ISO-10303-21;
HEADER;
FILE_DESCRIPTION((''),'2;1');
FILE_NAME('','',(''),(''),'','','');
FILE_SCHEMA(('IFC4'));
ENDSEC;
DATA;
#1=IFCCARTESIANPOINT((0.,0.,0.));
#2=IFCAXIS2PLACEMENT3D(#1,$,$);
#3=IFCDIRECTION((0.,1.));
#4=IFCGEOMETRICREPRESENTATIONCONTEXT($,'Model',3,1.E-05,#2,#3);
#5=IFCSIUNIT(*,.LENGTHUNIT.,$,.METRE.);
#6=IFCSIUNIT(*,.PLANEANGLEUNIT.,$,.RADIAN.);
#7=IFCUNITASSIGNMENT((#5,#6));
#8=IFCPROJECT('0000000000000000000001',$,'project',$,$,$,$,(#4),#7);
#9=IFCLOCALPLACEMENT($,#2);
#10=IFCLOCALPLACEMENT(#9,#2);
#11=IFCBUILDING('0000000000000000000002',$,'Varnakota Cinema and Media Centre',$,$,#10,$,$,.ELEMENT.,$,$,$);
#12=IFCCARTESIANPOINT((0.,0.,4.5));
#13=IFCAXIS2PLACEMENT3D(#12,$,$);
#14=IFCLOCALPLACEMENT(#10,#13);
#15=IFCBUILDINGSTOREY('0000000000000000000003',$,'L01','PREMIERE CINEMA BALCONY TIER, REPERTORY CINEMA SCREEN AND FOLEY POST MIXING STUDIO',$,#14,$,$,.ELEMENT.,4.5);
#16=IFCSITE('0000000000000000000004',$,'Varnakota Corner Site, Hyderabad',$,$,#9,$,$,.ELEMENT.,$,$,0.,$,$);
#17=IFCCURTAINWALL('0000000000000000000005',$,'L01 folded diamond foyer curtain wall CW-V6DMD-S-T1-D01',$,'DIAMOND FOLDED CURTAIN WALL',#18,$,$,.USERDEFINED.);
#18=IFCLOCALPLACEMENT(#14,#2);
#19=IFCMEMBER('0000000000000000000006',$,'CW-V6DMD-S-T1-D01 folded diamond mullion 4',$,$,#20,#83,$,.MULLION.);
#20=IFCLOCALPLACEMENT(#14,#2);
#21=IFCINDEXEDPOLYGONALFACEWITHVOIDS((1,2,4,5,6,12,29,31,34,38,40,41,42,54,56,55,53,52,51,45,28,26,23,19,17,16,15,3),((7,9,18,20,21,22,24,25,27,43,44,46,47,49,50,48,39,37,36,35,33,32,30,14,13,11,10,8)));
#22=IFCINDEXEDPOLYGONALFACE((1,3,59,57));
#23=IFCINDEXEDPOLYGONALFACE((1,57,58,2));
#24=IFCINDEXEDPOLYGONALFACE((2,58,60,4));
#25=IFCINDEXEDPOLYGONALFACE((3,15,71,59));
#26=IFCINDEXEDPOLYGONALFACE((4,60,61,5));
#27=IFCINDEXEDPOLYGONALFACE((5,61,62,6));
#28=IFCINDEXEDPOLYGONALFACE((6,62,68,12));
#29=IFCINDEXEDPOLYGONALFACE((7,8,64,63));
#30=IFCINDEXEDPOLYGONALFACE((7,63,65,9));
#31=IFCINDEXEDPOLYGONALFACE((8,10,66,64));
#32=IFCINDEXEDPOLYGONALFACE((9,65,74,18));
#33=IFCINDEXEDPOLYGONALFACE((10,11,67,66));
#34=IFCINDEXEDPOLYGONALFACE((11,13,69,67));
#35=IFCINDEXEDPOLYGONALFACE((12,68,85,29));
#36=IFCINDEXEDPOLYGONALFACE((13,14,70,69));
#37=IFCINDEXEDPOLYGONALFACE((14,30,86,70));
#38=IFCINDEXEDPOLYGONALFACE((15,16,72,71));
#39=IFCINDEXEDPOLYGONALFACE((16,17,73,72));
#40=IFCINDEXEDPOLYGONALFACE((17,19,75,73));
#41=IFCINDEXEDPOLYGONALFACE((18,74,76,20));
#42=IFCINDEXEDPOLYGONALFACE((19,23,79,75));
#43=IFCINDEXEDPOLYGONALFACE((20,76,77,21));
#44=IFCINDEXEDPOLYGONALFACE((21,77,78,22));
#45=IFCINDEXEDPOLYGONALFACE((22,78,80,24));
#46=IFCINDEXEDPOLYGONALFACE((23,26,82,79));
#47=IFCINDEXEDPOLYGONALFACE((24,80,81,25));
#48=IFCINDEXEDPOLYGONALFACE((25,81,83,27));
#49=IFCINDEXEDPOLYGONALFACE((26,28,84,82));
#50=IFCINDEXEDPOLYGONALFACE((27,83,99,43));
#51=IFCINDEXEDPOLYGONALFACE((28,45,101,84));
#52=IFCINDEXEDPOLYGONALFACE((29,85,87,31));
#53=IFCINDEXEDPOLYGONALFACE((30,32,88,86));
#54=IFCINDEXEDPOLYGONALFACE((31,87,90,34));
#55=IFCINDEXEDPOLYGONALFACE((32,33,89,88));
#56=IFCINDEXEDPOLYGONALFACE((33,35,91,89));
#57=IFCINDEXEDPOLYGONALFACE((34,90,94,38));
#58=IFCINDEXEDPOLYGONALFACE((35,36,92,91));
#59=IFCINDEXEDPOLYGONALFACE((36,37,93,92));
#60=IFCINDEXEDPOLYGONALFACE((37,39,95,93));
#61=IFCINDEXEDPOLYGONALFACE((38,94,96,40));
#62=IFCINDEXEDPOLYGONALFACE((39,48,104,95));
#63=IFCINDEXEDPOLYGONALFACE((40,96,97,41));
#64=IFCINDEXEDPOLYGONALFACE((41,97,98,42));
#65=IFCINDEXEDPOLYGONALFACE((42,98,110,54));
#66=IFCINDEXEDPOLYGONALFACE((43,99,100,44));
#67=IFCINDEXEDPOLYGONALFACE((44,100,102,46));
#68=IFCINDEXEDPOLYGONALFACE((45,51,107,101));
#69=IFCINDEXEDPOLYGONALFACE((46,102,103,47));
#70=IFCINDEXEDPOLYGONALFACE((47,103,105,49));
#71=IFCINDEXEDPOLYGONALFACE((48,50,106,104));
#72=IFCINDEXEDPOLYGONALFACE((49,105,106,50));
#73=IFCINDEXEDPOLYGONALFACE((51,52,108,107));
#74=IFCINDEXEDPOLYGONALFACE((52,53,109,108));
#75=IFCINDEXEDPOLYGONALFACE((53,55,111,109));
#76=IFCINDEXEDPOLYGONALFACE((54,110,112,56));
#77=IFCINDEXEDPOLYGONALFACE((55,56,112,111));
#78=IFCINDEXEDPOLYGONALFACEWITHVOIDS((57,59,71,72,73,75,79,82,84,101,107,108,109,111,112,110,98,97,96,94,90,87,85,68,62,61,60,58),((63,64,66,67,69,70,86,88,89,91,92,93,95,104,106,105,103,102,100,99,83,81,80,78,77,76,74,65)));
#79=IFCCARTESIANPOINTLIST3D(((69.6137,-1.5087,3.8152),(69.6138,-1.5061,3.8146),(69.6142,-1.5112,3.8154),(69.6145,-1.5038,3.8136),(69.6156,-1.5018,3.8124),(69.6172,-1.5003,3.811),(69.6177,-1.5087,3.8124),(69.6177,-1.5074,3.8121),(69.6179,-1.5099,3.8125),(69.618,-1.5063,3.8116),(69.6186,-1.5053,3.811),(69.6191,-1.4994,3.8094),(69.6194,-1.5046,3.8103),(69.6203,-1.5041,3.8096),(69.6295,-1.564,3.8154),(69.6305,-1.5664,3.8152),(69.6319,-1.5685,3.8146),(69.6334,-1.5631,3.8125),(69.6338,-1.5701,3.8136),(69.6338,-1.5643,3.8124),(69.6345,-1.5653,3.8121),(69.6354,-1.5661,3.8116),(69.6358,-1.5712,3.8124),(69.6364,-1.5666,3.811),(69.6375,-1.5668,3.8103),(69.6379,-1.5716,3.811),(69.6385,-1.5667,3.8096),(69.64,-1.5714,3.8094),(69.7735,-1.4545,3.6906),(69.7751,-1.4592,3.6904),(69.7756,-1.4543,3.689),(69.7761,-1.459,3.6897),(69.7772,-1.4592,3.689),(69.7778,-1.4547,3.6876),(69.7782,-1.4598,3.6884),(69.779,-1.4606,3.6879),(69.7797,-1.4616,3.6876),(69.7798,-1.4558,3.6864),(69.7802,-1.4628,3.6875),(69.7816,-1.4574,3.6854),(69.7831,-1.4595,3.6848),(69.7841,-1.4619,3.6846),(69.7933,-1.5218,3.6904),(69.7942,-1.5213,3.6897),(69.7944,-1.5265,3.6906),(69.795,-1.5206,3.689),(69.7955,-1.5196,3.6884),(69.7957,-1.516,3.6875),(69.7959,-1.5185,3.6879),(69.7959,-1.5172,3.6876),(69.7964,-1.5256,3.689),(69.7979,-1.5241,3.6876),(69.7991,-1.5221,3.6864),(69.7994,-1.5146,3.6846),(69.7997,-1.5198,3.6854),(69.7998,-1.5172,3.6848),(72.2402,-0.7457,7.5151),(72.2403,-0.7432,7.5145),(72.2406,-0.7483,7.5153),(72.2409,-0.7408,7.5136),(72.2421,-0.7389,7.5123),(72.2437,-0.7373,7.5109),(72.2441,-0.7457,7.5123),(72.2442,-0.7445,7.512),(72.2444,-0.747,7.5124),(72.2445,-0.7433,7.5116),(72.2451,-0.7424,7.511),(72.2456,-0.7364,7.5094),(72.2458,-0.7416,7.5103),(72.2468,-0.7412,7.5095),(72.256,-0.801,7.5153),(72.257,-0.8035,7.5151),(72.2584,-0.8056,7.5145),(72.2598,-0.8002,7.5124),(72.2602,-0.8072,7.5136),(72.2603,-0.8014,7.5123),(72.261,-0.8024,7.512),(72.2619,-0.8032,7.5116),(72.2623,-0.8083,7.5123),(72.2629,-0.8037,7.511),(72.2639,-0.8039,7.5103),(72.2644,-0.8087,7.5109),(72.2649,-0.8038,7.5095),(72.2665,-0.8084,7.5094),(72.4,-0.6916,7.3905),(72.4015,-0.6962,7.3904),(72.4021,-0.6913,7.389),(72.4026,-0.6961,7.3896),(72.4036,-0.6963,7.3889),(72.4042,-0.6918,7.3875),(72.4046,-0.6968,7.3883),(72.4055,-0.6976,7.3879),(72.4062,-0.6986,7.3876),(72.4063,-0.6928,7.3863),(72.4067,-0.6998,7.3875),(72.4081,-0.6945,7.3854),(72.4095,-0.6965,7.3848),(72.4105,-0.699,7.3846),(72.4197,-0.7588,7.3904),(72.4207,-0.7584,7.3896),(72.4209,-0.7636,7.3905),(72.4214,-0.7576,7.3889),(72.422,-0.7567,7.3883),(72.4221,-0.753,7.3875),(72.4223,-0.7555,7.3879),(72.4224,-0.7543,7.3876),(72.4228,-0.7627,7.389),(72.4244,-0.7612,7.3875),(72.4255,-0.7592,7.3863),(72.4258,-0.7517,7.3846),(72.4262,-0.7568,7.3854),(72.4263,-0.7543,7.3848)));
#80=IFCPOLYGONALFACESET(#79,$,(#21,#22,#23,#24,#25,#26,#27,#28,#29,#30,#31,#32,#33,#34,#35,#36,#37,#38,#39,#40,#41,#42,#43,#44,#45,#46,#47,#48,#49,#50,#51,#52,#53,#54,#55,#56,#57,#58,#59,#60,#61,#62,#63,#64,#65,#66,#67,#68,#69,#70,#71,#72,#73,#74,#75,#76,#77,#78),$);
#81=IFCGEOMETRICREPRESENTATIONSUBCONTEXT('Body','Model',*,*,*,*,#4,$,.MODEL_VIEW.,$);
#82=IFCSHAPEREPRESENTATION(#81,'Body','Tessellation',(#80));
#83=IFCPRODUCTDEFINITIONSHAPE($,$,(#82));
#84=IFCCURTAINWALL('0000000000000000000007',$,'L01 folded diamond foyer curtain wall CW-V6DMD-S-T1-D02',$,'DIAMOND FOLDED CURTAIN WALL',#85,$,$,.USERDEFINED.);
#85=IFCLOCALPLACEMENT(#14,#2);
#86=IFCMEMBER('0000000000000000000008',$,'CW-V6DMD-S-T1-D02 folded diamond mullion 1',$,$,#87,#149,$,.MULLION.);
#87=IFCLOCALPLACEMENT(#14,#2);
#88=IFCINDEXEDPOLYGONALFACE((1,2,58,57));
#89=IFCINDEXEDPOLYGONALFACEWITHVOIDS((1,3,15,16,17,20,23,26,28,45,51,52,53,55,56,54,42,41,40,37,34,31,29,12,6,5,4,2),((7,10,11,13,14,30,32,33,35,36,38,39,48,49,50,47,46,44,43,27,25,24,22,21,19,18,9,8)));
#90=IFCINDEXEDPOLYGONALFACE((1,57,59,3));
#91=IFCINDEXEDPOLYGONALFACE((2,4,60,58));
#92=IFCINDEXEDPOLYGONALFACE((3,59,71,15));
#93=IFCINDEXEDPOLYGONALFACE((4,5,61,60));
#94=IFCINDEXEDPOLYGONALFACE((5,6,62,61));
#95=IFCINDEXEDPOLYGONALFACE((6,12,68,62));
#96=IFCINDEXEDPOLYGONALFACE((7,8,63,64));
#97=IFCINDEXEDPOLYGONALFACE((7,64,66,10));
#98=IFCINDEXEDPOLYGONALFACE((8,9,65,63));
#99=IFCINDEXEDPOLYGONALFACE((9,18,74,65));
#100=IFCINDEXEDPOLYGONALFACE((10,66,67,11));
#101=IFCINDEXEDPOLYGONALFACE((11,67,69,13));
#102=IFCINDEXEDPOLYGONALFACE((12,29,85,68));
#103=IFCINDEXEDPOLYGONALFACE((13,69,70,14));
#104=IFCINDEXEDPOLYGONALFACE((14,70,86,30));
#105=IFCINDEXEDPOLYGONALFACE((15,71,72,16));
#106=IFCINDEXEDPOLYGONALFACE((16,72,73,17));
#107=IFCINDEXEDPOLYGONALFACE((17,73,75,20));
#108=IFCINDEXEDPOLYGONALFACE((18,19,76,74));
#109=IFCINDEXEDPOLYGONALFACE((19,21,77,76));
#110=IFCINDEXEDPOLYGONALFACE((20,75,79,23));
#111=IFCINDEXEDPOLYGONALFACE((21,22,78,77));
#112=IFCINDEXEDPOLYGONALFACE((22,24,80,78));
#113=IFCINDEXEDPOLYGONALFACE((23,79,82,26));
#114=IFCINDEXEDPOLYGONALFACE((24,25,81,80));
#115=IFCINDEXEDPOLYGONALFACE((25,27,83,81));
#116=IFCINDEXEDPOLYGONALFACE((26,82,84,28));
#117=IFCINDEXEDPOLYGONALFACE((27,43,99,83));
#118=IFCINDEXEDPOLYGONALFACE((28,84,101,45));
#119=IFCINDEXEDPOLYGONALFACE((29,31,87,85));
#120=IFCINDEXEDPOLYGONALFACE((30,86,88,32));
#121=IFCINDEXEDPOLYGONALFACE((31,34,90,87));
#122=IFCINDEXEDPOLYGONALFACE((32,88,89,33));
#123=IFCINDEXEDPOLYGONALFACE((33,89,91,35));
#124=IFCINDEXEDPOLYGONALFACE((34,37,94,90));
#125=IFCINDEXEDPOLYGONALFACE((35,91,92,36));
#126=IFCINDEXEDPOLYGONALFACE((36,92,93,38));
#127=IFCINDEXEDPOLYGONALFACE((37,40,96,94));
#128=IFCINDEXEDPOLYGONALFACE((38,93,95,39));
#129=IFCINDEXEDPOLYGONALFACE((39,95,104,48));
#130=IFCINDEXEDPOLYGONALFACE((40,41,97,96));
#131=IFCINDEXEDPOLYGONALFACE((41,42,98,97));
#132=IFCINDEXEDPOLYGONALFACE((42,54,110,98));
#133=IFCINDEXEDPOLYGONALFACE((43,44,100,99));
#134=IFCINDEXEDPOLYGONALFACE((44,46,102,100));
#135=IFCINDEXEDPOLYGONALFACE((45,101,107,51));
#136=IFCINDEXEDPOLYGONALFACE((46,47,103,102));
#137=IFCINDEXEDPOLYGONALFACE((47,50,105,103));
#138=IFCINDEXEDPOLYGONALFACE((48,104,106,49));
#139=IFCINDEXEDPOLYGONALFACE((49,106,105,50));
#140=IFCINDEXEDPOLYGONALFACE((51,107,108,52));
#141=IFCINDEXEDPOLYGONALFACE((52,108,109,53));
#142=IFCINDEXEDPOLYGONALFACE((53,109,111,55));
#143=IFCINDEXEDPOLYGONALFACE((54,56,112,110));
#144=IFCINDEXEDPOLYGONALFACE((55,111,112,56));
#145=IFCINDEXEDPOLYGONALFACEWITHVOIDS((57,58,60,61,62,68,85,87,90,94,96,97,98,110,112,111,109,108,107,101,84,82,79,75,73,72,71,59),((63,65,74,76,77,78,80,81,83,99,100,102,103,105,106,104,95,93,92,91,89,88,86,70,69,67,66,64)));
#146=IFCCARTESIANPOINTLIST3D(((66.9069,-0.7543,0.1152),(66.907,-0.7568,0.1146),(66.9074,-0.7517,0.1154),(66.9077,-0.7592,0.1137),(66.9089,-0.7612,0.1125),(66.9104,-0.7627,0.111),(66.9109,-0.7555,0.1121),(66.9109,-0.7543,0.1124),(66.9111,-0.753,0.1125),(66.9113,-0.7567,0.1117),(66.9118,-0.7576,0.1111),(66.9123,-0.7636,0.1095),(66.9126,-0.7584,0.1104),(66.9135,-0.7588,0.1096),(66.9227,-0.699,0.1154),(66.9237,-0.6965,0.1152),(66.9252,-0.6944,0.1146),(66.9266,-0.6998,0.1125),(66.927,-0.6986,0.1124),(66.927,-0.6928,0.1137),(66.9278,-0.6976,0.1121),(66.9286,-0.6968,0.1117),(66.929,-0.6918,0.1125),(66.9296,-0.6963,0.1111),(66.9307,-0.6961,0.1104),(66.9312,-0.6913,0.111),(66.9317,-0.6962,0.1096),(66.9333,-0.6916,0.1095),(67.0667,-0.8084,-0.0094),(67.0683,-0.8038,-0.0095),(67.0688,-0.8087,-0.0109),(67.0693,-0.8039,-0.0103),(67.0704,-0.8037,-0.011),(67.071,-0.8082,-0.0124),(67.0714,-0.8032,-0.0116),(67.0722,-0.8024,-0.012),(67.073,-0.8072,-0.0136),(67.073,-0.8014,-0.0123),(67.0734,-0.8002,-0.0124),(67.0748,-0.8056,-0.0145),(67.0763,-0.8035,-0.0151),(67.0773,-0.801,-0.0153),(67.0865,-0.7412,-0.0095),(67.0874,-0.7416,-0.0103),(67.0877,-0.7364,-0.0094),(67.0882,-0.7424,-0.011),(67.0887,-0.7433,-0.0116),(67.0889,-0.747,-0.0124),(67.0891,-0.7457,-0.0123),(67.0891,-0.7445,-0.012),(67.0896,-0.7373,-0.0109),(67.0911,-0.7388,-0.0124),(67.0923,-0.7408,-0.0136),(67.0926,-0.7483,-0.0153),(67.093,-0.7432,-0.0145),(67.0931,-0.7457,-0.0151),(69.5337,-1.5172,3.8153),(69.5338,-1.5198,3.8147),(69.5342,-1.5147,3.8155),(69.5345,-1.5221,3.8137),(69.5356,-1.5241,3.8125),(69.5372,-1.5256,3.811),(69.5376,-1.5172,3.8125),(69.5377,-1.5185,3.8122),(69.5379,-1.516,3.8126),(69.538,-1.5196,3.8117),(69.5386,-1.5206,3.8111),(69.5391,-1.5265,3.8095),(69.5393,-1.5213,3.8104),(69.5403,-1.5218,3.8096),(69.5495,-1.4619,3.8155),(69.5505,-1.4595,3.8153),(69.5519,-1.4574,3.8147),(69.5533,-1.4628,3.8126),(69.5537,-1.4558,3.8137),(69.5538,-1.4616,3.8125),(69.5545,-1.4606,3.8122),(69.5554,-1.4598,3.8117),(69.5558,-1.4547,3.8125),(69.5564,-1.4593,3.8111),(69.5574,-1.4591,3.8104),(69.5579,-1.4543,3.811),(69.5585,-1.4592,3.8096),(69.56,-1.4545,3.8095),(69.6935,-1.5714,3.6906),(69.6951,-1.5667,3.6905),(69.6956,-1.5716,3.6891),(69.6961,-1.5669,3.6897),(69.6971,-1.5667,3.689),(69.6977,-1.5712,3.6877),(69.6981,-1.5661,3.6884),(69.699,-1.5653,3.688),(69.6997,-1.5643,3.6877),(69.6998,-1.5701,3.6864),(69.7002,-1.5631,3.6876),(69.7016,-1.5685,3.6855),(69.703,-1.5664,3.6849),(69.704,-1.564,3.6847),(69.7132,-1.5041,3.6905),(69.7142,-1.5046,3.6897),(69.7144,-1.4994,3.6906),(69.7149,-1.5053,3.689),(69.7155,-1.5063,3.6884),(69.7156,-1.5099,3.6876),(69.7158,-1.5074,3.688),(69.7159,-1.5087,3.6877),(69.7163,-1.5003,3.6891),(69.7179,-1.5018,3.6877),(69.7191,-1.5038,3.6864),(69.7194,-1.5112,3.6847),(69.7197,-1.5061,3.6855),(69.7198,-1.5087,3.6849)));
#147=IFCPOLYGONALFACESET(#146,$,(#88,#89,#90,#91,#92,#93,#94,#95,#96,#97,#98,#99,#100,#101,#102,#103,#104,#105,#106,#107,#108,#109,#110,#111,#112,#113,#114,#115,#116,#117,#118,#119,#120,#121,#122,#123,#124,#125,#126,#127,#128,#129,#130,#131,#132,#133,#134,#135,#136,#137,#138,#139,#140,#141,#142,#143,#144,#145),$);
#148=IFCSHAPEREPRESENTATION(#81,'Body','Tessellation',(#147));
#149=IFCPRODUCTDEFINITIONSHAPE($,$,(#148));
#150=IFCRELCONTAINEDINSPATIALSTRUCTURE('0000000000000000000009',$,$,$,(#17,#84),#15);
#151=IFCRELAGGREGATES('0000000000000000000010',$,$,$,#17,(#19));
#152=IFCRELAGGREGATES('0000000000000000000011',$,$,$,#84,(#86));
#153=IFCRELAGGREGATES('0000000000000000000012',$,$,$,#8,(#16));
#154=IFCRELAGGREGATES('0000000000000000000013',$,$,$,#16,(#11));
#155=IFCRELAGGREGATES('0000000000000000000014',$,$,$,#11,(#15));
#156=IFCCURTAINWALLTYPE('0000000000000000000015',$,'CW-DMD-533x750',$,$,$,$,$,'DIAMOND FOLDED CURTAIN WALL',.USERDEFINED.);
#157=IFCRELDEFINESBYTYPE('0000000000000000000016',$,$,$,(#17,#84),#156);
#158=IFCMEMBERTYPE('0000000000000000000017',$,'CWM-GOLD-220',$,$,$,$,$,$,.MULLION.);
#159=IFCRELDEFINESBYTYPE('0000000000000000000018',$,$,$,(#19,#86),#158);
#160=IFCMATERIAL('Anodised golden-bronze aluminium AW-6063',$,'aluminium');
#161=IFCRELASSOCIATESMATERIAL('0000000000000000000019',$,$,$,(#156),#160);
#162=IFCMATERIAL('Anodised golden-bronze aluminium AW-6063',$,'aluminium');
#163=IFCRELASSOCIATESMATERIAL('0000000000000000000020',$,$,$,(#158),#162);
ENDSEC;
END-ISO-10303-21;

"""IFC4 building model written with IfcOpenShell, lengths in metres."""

from ifc_helpers import new_model, si_unit, direction, frame, origin, origin_2d, place, context, subcontext, project, spatial, hollow_rectangle, extrude, material, material_profile, profile_set, type_object, element, aggregate, save


model = new_model("IFC4")

# Units and contexts
model_context = context("Model", 3, precision=1e-05, world=origin(), true_north=direction((0.0, 1.0)))
body_context = subcontext(model_context, "Body", "Model", "MODEL_VIEW")
ifc_project = project(units=[si_unit("LENGTHUNIT", "METRE"), si_unit("PLANEANGLEUNIT", "RADIAN")], contexts=[model_context])

# Site, building, storey
site_placement = place(None, origin())
site = spatial("IfcSite", under=ifc_project, at=site_placement, Name="Varnakota Corner Site, Hyderabad", CompositionType="ELEMENT", RefElevation=0.0)
building_placement = place(site_placement, origin())
building = spatial("IfcBuilding", under=site, at=building_placement, Name="Varnakota Cinema and Media Centre", CompositionType="ELEMENT")
storey_placement = place(building_placement, frame((0.0, 0.0, 4.5)))
storey = spatial("IfcBuildingStorey", under=building, at=storey_placement, Name="L01", Description="PREMIERE CINEMA BALCONY TIER, REPERTORY CINEMA SCREEN AND FOLEY POST MIXING STUDIO", CompositionType="ELEMENT", Elevation=4.5)

# Curtain walls, members
ifc_material_1 = material(Name="Anodised golden-bronze aluminium AW-6063", Category="aluminium")
curtain_wall_type = type_object("IfcCurtainWallType", Name="CW-DMD-533x750", ElementType="DIAMOND FOLDED CURTAIN WALL", PredefinedType="USERDEFINED", material=ifc_material_1)
curtain_wall_1_placement = place(storey_placement, origin())
curtain_wall_1 = element("IfcCurtainWall", 1, at=curtain_wall_1_placement, inside=storey, type_object=curtain_wall_type, Name="L01 folded diamond foyer curtain wall CW-V6DMD-S-T1-D01", ObjectType="DIAMOND FOLDED CURTAIN WALL", PredefinedType="USERDEFINED")
ifc_material_2 = material(Name="Anodised golden-bronze aluminium AW-6063", Category="aluminium")
ifc_material_profile_1 = material_profile(ifc_material_2, hollow_rectangle(XDim=0.075, YDim=0.22, WallThickness=0.0049, InnerFilletRadius=0.0049, OuterFilletRadius=0.01, at=origin_2d()), Name="AL-MULLION 220x75x5")
ifc_profile_set_1 = profile_set([ifc_material_profile_1], Name="Anodised golden-bronze aluminium AW-6063")
member_type_1 = type_object("IfcMemberType", Name="CWM-GOLD-220", PredefinedType="MULLION", material=ifc_profile_set_1)
member_1_placement = place(storey_placement, frame((69.7068, -1.5129, 3.75), z_axis=(0.570835, 0.165817, 0.804147), x_axis=(-0.278951, 0.960305, 0.0)))
member_1 = element("IfcMember", 2, at=member_1_placement, type_object=member_type_1, Name="CW-V6DMD-S-T1-D01 folded diamond mullion 4", PredefinedType="MULLION", context=body_context, shape_type="SweptSolid", body=[
    extrude(hollow_rectangle(XDim=0.075, YDim=0.22, WallThickness=0.0049, InnerFilletRadius=0.0049, OuterFilletRadius=0.01, at=origin_2d()), origin(), (0.0, 0.0, 1.0), 4.6011),
])
curtain_wall_2_placement = place(storey_placement, origin())
curtain_wall_2 = element("IfcCurtainWall", 3, at=curtain_wall_2_placement, inside=storey, type_object=curtain_wall_type, Name="L01 folded diamond foyer curtain wall CW-V6DMD-S-T1-D02", ObjectType="DIAMOND FOLDED CURTAIN WALL", PredefinedType="USERDEFINED")
member_2_placement = place(storey_placement, frame((67.0, -0.75, 0.05), z_axis=(0.570871, -0.165812, 0.804122), x_axis=(0.278927, 0.960312, 0.0)))
member_2 = element("IfcMember", 4, at=member_2_placement, type_object=member_type_1, Name="CW-V6DMD-S-T1-D02 folded diamond mullion 1", PredefinedType="MULLION", context=body_context, shape_type="SweptSolid", body=[
    extrude(hollow_rectangle(XDim=0.075, YDim=0.22, WallThickness=0.0049, InnerFilletRadius=0.0049, OuterFilletRadius=0.01, at=origin_2d()), origin(), (0.0, 0.0, 1.0), 4.6013),
])

aggregate(curtain_wall_1, [member_1])
aggregate(curtain_wall_2, [member_2])

save(model, "model.ifc")
